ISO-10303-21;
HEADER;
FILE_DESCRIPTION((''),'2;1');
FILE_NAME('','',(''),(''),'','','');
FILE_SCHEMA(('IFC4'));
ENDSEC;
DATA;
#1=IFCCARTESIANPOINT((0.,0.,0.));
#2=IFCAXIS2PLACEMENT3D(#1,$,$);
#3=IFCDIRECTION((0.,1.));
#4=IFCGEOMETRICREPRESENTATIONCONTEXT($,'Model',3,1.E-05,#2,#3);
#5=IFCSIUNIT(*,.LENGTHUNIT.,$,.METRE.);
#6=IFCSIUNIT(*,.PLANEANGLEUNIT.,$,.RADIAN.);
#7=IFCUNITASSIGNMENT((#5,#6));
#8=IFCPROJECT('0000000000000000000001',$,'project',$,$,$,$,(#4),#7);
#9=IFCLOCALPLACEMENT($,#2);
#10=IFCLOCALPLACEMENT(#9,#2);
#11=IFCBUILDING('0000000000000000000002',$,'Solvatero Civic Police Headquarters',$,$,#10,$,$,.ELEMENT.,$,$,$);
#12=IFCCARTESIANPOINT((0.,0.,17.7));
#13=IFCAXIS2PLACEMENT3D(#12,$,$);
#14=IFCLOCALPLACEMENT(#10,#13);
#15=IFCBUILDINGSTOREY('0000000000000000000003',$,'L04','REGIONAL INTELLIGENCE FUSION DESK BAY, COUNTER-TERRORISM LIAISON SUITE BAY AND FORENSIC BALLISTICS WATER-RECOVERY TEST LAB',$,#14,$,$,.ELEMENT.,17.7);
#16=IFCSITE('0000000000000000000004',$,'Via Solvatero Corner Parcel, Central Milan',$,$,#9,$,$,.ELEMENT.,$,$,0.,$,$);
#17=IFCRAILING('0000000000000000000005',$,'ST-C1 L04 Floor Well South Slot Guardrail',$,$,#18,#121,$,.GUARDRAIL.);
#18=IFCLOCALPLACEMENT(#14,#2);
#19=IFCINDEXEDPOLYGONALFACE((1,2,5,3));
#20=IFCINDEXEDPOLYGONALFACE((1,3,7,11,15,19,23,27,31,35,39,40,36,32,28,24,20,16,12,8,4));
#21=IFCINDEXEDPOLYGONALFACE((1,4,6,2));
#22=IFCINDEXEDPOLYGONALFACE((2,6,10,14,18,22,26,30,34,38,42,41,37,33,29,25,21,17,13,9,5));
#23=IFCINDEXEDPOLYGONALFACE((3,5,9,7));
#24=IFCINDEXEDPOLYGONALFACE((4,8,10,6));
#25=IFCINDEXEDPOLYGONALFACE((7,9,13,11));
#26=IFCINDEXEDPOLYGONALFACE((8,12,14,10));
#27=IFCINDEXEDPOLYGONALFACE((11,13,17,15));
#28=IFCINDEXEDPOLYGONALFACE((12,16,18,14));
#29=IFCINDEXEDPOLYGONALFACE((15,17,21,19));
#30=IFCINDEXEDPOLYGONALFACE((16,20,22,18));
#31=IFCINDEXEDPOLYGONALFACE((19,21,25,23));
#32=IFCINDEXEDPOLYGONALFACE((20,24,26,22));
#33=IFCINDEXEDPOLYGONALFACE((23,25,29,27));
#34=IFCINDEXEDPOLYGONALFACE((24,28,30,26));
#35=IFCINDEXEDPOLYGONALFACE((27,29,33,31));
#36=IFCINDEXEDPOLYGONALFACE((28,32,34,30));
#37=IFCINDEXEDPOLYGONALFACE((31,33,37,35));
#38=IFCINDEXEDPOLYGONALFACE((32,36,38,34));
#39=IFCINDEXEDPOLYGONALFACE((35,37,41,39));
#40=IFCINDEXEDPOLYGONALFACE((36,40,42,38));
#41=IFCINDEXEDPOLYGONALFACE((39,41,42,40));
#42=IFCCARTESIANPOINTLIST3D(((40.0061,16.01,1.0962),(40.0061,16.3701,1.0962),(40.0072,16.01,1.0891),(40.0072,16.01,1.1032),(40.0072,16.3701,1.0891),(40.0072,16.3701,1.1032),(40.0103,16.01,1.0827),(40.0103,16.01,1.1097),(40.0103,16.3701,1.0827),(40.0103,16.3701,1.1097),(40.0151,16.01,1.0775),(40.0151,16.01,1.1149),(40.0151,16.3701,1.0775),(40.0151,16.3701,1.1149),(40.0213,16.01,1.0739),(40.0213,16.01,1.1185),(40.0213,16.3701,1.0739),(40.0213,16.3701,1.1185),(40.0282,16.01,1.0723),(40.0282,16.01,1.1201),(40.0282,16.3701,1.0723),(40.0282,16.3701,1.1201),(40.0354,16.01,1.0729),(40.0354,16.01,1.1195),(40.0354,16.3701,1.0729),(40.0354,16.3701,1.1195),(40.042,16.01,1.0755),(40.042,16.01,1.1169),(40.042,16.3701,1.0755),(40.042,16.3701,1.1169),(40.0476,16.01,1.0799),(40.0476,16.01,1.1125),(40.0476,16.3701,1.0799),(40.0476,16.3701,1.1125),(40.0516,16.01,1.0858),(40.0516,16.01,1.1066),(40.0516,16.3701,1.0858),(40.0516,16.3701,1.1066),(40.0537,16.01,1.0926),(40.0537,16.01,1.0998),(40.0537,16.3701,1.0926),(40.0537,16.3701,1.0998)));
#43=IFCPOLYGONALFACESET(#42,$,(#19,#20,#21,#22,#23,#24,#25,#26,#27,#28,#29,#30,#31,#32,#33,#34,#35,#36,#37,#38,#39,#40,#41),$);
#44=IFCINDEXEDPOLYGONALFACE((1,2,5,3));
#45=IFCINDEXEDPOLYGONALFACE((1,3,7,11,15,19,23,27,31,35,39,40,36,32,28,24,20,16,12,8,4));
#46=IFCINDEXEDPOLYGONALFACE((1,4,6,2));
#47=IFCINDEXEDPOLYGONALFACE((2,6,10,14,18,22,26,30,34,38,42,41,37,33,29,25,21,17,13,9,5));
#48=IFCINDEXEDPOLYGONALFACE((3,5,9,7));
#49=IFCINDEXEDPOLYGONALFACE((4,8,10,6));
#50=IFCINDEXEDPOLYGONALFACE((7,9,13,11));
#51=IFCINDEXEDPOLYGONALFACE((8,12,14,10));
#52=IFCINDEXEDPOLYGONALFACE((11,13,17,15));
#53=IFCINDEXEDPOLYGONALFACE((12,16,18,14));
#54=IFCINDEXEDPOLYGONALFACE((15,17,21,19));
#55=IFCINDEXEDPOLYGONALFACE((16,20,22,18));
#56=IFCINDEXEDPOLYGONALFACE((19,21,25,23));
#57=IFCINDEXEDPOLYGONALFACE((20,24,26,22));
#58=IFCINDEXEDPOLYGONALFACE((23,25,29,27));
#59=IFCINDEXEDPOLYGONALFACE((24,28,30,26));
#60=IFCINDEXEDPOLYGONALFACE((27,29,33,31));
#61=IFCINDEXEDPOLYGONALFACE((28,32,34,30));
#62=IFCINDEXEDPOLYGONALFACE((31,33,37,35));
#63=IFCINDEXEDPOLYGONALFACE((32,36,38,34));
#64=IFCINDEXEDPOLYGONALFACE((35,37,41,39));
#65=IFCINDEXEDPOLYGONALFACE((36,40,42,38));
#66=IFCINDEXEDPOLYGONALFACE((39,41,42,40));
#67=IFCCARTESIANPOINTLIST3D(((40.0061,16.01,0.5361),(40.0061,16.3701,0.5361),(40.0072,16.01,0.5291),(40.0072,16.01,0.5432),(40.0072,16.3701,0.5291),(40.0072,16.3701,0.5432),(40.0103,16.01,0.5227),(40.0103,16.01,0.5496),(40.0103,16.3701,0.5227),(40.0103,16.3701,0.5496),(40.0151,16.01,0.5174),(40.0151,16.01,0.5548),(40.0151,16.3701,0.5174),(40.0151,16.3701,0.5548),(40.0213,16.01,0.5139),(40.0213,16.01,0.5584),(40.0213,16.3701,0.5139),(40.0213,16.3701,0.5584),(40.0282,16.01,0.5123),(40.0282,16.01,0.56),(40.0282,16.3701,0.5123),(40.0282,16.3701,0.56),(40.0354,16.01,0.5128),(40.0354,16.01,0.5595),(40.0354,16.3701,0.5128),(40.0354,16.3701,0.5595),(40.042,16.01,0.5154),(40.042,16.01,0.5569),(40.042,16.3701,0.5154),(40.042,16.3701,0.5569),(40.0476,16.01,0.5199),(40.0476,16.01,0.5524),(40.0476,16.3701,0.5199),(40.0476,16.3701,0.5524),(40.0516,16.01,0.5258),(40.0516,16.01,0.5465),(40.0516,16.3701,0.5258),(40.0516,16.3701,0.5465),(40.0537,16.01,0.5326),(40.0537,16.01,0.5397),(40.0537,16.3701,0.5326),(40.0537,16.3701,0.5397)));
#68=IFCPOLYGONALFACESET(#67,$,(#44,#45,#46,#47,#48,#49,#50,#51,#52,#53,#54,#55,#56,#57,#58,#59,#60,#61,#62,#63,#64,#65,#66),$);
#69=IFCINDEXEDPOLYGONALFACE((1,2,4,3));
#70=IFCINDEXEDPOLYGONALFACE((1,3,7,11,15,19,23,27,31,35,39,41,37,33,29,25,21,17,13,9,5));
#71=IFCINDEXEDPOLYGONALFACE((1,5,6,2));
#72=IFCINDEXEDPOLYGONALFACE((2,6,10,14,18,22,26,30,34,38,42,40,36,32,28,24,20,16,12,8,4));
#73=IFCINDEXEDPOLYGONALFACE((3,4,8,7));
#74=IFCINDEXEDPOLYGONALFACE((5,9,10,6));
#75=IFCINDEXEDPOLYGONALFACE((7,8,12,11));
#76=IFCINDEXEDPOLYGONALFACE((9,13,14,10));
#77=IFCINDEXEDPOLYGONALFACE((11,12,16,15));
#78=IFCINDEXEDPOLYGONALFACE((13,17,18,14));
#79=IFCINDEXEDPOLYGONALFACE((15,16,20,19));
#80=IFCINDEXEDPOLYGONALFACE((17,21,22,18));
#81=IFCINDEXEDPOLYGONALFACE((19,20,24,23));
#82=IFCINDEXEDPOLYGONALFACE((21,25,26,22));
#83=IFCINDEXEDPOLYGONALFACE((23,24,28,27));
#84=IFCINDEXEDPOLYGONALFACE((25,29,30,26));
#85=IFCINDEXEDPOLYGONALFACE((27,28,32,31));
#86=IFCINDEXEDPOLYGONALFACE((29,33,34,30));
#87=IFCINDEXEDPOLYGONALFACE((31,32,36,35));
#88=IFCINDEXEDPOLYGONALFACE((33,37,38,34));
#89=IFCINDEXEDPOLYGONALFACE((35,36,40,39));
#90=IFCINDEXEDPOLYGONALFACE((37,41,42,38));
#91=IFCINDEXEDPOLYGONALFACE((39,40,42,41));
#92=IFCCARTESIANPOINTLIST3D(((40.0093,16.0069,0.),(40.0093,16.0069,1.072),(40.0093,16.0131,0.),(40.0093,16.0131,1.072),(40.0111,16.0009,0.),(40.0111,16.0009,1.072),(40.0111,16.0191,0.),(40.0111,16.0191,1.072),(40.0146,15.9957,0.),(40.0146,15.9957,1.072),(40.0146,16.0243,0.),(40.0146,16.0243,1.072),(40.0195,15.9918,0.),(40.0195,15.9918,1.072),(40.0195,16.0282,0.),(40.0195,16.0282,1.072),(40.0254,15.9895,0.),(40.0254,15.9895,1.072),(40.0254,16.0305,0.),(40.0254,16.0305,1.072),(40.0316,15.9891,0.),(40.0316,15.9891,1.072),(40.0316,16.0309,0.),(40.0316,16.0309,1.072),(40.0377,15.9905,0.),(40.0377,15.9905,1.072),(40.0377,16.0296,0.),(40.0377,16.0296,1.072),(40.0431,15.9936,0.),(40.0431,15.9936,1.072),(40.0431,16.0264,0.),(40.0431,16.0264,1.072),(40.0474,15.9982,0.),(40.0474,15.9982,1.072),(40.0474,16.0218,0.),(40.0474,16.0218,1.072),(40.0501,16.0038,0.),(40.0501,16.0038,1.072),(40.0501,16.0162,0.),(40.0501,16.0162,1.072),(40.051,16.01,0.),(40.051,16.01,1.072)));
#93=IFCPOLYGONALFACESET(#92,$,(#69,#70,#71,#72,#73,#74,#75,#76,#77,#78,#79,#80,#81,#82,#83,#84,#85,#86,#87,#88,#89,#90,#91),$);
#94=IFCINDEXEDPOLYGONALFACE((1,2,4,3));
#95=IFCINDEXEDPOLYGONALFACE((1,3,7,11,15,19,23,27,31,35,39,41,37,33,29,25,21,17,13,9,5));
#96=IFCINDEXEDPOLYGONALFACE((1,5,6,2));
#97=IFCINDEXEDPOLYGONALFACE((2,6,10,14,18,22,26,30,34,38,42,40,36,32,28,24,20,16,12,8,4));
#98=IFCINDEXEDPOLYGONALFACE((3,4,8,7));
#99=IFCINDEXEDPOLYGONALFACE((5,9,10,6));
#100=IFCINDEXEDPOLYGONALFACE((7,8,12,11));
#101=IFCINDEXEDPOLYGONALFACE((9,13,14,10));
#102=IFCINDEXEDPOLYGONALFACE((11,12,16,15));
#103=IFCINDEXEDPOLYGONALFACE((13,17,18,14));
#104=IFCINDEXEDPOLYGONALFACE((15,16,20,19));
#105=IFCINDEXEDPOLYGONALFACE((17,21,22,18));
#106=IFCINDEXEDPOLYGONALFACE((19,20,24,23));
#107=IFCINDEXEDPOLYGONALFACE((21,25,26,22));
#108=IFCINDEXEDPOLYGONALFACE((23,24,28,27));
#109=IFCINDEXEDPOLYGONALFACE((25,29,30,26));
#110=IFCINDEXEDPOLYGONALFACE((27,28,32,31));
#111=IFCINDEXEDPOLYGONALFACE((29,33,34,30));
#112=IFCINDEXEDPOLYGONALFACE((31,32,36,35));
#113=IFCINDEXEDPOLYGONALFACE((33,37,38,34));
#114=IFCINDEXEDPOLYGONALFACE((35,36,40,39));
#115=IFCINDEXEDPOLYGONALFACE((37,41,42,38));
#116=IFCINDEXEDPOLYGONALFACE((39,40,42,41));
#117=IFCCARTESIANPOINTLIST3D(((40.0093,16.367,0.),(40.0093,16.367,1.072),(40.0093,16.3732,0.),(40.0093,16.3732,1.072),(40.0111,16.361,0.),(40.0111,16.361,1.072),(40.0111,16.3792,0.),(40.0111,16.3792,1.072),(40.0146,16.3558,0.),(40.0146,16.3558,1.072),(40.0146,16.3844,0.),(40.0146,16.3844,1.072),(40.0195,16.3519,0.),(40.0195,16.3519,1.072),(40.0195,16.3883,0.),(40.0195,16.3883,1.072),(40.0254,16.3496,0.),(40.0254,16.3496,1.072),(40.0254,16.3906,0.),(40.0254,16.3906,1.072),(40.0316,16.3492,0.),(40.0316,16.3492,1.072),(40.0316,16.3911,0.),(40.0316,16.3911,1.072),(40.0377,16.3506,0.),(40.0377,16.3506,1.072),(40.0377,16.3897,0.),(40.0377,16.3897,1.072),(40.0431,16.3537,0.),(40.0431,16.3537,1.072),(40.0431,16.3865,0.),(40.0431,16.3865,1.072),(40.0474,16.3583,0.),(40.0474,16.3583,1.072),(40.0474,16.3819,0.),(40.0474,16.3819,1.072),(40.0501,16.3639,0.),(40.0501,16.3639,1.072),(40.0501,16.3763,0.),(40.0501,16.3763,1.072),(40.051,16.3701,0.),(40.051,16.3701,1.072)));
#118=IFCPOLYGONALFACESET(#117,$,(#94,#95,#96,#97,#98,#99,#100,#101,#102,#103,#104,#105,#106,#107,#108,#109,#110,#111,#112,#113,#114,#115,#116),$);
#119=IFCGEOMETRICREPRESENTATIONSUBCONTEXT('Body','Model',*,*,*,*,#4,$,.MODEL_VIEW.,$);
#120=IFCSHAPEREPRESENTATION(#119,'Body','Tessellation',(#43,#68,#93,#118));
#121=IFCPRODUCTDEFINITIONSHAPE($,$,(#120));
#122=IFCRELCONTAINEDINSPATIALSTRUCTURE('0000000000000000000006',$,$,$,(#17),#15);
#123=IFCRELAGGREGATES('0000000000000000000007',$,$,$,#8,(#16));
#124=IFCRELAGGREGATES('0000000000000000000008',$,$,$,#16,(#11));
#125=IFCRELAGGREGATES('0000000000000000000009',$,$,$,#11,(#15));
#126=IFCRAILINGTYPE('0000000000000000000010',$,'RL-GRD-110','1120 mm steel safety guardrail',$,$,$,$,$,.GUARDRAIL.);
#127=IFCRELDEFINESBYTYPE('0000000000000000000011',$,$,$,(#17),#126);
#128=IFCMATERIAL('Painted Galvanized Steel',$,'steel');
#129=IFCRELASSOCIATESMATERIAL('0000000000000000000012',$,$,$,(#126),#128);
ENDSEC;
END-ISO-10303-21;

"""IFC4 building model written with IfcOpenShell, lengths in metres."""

from ifc_helpers import new_model, si_unit, direction, frame, origin, origin_2d, place, context, subcontext, project, spatial, circle, extrude, material, type_object, element, save


model = new_model("IFC4")

# Units and contexts
model_context = context("Model", 3, precision=1e-05, world=origin(), true_north=direction((0.0, 1.0)))
body_context = subcontext(model_context, "Body", "Model", "MODEL_VIEW")
ifc_project = project(units=[si_unit("LENGTHUNIT", "METRE"), si_unit("PLANEANGLEUNIT", "RADIAN")], contexts=[model_context])

# Site, building, storey
site_placement = place(None, origin())
site = spatial("IfcSite", under=ifc_project, at=site_placement, Name="Via Solvatero Corner Parcel, Central Milan", CompositionType="ELEMENT", RefElevation=0.0)
building_placement = place(site_placement, origin())
building = spatial("IfcBuilding", under=site, at=building_placement, Name="Solvatero Civic Police Headquarters", CompositionType="ELEMENT")
storey_placement = place(building_placement, frame((0.0, 0.0, 17.7)))
storey = spatial("IfcBuildingStorey", under=building, at=storey_placement, Name="L04", Description="REGIONAL INTELLIGENCE FUSION DESK BAY, COUNTER-TERRORISM LIAISON SUITE BAY AND FORENSIC BALLISTICS WATER-RECOVERY TEST LAB", CompositionType="ELEMENT", Elevation=17.7)

# Railing
ifc_material_1 = material(Name="Painted Galvanized Steel", Category="steel")
railing_type_1 = type_object("IfcRailingType", Name="RL-GRD-110", Description="1120 mm steel safety guardrail", PredefinedType="GUARDRAIL", material=ifc_material_1)
railing_1_placement = place(storey_placement, frame((40.03, 16.01, 0.0)))
element("IfcRailing", 1, at=railing_1_placement, inside=storey, type_object=railing_type_1, Name="ST-C1 L04 Floor Well South Slot Guardrail", PredefinedType="GUARDRAIL", context=body_context, shape_type="SweptSolid", body=[
    extrude(circle(Radius=0.0239, at=origin_2d()), frame((0.0, 0.0, 1.0962), z_axis=(0.0, 1.0, 0.0), x_axis=(-1.0, 0.0, 0.0)), (0.0, 0.0, 1.0), 0.3601),
    extrude(circle(Radius=0.0239, at=origin_2d()), frame((0.0, 0.0, 0.5361), z_axis=(0.0, 1.0, 0.0), x_axis=(-1.0, 0.0, 0.0)), (0.0, 0.0, 1.0), 0.3601),
    extrude(circle(Radius=0.021, at=origin_2d()), origin(), (0.0, 0.0, 1.0), 1.072),
    extrude(circle(Radius=0.021, at=origin_2d()), frame((0.0, 0.3601, 0.0)), (0.0, 0.0, 1.0), 1.072),
])

save(model, "model.ifc")
